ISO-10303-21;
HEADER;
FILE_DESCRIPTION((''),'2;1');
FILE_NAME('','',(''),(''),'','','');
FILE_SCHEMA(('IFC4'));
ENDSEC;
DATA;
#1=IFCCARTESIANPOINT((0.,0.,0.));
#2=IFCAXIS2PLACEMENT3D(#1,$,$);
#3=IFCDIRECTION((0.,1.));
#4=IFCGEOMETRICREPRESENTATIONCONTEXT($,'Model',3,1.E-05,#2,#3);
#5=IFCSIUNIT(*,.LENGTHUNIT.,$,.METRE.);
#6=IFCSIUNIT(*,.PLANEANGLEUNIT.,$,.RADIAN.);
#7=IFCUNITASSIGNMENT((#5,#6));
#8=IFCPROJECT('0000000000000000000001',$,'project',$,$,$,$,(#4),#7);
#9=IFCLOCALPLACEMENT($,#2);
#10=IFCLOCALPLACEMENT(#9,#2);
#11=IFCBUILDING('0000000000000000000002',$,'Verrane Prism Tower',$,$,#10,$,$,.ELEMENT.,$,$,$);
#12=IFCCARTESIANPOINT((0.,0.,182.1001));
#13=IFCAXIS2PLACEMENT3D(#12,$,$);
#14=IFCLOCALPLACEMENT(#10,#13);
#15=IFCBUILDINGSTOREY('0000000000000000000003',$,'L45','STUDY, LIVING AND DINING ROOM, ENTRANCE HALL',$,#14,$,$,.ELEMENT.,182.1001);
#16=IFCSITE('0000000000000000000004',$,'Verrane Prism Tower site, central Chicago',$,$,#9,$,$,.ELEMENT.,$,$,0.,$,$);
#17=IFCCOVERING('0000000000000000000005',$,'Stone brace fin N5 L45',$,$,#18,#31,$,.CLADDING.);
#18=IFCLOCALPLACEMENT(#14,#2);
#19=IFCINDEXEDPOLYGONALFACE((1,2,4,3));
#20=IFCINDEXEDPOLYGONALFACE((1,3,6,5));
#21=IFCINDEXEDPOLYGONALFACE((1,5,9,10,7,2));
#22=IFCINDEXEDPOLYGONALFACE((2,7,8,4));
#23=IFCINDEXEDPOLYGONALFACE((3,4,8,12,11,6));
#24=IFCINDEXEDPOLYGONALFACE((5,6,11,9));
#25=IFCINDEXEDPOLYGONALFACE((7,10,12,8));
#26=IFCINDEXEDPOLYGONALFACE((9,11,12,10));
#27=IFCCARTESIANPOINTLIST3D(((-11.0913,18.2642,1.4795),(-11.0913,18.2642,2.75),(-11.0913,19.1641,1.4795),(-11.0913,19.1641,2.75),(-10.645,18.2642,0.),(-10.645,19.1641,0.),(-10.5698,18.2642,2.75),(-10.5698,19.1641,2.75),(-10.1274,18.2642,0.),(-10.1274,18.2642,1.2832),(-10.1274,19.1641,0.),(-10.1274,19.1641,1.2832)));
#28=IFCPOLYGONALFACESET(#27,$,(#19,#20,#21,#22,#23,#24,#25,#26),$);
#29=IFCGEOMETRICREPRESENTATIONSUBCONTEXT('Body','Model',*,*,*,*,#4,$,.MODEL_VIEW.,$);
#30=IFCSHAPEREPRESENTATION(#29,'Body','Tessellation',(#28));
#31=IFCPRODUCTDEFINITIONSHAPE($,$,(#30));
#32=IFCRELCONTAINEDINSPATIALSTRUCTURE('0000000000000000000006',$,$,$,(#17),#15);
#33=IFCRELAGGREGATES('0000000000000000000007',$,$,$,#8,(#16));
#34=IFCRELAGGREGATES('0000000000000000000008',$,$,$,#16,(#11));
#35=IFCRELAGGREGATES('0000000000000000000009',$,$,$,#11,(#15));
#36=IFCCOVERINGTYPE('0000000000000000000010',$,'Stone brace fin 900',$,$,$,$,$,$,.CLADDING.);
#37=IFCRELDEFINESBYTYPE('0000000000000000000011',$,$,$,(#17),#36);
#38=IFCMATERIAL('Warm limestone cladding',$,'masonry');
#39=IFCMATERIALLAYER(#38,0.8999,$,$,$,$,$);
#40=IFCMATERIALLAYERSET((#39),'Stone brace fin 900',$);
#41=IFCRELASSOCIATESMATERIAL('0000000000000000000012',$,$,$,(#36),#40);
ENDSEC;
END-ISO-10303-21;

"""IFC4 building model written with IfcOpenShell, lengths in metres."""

from ifc_helpers import new_model, si_unit, direction, frame, origin, place, context, subcontext, project, spatial, polyline, outline, extrude, material, layer, layer_set, type_object, element, save


model = new_model("IFC4")

# Units and contexts
model_context = context("Model", 3, precision=1e-05, world=origin(), true_north=direction((0.0, 1.0)))
body_context = subcontext(model_context, "Body", "Model", "MODEL_VIEW")
ifc_project = project(units=[si_unit("LENGTHUNIT", "METRE"), si_unit("PLANEANGLEUNIT", "RADIAN")], contexts=[model_context])

# Site, building, storey
site_placement = place(None, origin())
site = spatial("IfcSite", under=ifc_project, at=site_placement, Name="Verrane Prism Tower site, central Chicago", CompositionType="ELEMENT", RefElevation=0.0)
building_placement = place(site_placement, origin())
building = spatial("IfcBuilding", under=site, at=building_placement, Name="Verrane Prism Tower", CompositionType="ELEMENT")
storey_placement = place(building_placement, frame((0.0, 0.0, 182.1001)))
storey = spatial("IfcBuildingStorey", under=building, at=storey_placement, Name="L45", Description="STUDY, LIVING AND DINING ROOM, ENTRANCE HALL", CompositionType="ELEMENT", Elevation=182.1001)

# Covering
ifc_material_1 = material(Name="Warm limestone cladding", Category="masonry")
ifc_layer_1 = layer(ifc_material_1, 0.8999)
ifc_layer_set_1 = layer_set([ifc_layer_1], Name="Stone brace fin 900")
covering_type = type_object("IfcCoveringType", Name="Stone brace fin 900", PredefinedType="CLADDING", material=ifc_layer_set_1)
covering_placement = place(storey_placement, frame((-10.1274, 18.7141, 0.0), z_axis=(0.0, 0.0, 1.0), x_axis=(-1.0, 0.0, 0.0)))
element("IfcCovering", 1, at=covering_placement, inside=storey, type_object=covering_type, Name="Stone brace fin N5 L45", PredefinedType="CLADDING", context=body_context, shape_type="SweptSolid", body=[
    extrude(outline(polyline([(0.9639, 2.75), (0.4424, 2.75), (0.0, 1.2832), (0.0, 0.0), (0.5176, 0.0), (0.9639, 1.4795), (0.9639, 2.75)])), frame((0.0, 0.45, 0.0), z_axis=(0.0, -1.0, 0.0), x_axis=(1.0, 0.0, 0.0)), (0.0, 0.0, 1.0), 0.8999),
])

save(model, "model.ifc")
